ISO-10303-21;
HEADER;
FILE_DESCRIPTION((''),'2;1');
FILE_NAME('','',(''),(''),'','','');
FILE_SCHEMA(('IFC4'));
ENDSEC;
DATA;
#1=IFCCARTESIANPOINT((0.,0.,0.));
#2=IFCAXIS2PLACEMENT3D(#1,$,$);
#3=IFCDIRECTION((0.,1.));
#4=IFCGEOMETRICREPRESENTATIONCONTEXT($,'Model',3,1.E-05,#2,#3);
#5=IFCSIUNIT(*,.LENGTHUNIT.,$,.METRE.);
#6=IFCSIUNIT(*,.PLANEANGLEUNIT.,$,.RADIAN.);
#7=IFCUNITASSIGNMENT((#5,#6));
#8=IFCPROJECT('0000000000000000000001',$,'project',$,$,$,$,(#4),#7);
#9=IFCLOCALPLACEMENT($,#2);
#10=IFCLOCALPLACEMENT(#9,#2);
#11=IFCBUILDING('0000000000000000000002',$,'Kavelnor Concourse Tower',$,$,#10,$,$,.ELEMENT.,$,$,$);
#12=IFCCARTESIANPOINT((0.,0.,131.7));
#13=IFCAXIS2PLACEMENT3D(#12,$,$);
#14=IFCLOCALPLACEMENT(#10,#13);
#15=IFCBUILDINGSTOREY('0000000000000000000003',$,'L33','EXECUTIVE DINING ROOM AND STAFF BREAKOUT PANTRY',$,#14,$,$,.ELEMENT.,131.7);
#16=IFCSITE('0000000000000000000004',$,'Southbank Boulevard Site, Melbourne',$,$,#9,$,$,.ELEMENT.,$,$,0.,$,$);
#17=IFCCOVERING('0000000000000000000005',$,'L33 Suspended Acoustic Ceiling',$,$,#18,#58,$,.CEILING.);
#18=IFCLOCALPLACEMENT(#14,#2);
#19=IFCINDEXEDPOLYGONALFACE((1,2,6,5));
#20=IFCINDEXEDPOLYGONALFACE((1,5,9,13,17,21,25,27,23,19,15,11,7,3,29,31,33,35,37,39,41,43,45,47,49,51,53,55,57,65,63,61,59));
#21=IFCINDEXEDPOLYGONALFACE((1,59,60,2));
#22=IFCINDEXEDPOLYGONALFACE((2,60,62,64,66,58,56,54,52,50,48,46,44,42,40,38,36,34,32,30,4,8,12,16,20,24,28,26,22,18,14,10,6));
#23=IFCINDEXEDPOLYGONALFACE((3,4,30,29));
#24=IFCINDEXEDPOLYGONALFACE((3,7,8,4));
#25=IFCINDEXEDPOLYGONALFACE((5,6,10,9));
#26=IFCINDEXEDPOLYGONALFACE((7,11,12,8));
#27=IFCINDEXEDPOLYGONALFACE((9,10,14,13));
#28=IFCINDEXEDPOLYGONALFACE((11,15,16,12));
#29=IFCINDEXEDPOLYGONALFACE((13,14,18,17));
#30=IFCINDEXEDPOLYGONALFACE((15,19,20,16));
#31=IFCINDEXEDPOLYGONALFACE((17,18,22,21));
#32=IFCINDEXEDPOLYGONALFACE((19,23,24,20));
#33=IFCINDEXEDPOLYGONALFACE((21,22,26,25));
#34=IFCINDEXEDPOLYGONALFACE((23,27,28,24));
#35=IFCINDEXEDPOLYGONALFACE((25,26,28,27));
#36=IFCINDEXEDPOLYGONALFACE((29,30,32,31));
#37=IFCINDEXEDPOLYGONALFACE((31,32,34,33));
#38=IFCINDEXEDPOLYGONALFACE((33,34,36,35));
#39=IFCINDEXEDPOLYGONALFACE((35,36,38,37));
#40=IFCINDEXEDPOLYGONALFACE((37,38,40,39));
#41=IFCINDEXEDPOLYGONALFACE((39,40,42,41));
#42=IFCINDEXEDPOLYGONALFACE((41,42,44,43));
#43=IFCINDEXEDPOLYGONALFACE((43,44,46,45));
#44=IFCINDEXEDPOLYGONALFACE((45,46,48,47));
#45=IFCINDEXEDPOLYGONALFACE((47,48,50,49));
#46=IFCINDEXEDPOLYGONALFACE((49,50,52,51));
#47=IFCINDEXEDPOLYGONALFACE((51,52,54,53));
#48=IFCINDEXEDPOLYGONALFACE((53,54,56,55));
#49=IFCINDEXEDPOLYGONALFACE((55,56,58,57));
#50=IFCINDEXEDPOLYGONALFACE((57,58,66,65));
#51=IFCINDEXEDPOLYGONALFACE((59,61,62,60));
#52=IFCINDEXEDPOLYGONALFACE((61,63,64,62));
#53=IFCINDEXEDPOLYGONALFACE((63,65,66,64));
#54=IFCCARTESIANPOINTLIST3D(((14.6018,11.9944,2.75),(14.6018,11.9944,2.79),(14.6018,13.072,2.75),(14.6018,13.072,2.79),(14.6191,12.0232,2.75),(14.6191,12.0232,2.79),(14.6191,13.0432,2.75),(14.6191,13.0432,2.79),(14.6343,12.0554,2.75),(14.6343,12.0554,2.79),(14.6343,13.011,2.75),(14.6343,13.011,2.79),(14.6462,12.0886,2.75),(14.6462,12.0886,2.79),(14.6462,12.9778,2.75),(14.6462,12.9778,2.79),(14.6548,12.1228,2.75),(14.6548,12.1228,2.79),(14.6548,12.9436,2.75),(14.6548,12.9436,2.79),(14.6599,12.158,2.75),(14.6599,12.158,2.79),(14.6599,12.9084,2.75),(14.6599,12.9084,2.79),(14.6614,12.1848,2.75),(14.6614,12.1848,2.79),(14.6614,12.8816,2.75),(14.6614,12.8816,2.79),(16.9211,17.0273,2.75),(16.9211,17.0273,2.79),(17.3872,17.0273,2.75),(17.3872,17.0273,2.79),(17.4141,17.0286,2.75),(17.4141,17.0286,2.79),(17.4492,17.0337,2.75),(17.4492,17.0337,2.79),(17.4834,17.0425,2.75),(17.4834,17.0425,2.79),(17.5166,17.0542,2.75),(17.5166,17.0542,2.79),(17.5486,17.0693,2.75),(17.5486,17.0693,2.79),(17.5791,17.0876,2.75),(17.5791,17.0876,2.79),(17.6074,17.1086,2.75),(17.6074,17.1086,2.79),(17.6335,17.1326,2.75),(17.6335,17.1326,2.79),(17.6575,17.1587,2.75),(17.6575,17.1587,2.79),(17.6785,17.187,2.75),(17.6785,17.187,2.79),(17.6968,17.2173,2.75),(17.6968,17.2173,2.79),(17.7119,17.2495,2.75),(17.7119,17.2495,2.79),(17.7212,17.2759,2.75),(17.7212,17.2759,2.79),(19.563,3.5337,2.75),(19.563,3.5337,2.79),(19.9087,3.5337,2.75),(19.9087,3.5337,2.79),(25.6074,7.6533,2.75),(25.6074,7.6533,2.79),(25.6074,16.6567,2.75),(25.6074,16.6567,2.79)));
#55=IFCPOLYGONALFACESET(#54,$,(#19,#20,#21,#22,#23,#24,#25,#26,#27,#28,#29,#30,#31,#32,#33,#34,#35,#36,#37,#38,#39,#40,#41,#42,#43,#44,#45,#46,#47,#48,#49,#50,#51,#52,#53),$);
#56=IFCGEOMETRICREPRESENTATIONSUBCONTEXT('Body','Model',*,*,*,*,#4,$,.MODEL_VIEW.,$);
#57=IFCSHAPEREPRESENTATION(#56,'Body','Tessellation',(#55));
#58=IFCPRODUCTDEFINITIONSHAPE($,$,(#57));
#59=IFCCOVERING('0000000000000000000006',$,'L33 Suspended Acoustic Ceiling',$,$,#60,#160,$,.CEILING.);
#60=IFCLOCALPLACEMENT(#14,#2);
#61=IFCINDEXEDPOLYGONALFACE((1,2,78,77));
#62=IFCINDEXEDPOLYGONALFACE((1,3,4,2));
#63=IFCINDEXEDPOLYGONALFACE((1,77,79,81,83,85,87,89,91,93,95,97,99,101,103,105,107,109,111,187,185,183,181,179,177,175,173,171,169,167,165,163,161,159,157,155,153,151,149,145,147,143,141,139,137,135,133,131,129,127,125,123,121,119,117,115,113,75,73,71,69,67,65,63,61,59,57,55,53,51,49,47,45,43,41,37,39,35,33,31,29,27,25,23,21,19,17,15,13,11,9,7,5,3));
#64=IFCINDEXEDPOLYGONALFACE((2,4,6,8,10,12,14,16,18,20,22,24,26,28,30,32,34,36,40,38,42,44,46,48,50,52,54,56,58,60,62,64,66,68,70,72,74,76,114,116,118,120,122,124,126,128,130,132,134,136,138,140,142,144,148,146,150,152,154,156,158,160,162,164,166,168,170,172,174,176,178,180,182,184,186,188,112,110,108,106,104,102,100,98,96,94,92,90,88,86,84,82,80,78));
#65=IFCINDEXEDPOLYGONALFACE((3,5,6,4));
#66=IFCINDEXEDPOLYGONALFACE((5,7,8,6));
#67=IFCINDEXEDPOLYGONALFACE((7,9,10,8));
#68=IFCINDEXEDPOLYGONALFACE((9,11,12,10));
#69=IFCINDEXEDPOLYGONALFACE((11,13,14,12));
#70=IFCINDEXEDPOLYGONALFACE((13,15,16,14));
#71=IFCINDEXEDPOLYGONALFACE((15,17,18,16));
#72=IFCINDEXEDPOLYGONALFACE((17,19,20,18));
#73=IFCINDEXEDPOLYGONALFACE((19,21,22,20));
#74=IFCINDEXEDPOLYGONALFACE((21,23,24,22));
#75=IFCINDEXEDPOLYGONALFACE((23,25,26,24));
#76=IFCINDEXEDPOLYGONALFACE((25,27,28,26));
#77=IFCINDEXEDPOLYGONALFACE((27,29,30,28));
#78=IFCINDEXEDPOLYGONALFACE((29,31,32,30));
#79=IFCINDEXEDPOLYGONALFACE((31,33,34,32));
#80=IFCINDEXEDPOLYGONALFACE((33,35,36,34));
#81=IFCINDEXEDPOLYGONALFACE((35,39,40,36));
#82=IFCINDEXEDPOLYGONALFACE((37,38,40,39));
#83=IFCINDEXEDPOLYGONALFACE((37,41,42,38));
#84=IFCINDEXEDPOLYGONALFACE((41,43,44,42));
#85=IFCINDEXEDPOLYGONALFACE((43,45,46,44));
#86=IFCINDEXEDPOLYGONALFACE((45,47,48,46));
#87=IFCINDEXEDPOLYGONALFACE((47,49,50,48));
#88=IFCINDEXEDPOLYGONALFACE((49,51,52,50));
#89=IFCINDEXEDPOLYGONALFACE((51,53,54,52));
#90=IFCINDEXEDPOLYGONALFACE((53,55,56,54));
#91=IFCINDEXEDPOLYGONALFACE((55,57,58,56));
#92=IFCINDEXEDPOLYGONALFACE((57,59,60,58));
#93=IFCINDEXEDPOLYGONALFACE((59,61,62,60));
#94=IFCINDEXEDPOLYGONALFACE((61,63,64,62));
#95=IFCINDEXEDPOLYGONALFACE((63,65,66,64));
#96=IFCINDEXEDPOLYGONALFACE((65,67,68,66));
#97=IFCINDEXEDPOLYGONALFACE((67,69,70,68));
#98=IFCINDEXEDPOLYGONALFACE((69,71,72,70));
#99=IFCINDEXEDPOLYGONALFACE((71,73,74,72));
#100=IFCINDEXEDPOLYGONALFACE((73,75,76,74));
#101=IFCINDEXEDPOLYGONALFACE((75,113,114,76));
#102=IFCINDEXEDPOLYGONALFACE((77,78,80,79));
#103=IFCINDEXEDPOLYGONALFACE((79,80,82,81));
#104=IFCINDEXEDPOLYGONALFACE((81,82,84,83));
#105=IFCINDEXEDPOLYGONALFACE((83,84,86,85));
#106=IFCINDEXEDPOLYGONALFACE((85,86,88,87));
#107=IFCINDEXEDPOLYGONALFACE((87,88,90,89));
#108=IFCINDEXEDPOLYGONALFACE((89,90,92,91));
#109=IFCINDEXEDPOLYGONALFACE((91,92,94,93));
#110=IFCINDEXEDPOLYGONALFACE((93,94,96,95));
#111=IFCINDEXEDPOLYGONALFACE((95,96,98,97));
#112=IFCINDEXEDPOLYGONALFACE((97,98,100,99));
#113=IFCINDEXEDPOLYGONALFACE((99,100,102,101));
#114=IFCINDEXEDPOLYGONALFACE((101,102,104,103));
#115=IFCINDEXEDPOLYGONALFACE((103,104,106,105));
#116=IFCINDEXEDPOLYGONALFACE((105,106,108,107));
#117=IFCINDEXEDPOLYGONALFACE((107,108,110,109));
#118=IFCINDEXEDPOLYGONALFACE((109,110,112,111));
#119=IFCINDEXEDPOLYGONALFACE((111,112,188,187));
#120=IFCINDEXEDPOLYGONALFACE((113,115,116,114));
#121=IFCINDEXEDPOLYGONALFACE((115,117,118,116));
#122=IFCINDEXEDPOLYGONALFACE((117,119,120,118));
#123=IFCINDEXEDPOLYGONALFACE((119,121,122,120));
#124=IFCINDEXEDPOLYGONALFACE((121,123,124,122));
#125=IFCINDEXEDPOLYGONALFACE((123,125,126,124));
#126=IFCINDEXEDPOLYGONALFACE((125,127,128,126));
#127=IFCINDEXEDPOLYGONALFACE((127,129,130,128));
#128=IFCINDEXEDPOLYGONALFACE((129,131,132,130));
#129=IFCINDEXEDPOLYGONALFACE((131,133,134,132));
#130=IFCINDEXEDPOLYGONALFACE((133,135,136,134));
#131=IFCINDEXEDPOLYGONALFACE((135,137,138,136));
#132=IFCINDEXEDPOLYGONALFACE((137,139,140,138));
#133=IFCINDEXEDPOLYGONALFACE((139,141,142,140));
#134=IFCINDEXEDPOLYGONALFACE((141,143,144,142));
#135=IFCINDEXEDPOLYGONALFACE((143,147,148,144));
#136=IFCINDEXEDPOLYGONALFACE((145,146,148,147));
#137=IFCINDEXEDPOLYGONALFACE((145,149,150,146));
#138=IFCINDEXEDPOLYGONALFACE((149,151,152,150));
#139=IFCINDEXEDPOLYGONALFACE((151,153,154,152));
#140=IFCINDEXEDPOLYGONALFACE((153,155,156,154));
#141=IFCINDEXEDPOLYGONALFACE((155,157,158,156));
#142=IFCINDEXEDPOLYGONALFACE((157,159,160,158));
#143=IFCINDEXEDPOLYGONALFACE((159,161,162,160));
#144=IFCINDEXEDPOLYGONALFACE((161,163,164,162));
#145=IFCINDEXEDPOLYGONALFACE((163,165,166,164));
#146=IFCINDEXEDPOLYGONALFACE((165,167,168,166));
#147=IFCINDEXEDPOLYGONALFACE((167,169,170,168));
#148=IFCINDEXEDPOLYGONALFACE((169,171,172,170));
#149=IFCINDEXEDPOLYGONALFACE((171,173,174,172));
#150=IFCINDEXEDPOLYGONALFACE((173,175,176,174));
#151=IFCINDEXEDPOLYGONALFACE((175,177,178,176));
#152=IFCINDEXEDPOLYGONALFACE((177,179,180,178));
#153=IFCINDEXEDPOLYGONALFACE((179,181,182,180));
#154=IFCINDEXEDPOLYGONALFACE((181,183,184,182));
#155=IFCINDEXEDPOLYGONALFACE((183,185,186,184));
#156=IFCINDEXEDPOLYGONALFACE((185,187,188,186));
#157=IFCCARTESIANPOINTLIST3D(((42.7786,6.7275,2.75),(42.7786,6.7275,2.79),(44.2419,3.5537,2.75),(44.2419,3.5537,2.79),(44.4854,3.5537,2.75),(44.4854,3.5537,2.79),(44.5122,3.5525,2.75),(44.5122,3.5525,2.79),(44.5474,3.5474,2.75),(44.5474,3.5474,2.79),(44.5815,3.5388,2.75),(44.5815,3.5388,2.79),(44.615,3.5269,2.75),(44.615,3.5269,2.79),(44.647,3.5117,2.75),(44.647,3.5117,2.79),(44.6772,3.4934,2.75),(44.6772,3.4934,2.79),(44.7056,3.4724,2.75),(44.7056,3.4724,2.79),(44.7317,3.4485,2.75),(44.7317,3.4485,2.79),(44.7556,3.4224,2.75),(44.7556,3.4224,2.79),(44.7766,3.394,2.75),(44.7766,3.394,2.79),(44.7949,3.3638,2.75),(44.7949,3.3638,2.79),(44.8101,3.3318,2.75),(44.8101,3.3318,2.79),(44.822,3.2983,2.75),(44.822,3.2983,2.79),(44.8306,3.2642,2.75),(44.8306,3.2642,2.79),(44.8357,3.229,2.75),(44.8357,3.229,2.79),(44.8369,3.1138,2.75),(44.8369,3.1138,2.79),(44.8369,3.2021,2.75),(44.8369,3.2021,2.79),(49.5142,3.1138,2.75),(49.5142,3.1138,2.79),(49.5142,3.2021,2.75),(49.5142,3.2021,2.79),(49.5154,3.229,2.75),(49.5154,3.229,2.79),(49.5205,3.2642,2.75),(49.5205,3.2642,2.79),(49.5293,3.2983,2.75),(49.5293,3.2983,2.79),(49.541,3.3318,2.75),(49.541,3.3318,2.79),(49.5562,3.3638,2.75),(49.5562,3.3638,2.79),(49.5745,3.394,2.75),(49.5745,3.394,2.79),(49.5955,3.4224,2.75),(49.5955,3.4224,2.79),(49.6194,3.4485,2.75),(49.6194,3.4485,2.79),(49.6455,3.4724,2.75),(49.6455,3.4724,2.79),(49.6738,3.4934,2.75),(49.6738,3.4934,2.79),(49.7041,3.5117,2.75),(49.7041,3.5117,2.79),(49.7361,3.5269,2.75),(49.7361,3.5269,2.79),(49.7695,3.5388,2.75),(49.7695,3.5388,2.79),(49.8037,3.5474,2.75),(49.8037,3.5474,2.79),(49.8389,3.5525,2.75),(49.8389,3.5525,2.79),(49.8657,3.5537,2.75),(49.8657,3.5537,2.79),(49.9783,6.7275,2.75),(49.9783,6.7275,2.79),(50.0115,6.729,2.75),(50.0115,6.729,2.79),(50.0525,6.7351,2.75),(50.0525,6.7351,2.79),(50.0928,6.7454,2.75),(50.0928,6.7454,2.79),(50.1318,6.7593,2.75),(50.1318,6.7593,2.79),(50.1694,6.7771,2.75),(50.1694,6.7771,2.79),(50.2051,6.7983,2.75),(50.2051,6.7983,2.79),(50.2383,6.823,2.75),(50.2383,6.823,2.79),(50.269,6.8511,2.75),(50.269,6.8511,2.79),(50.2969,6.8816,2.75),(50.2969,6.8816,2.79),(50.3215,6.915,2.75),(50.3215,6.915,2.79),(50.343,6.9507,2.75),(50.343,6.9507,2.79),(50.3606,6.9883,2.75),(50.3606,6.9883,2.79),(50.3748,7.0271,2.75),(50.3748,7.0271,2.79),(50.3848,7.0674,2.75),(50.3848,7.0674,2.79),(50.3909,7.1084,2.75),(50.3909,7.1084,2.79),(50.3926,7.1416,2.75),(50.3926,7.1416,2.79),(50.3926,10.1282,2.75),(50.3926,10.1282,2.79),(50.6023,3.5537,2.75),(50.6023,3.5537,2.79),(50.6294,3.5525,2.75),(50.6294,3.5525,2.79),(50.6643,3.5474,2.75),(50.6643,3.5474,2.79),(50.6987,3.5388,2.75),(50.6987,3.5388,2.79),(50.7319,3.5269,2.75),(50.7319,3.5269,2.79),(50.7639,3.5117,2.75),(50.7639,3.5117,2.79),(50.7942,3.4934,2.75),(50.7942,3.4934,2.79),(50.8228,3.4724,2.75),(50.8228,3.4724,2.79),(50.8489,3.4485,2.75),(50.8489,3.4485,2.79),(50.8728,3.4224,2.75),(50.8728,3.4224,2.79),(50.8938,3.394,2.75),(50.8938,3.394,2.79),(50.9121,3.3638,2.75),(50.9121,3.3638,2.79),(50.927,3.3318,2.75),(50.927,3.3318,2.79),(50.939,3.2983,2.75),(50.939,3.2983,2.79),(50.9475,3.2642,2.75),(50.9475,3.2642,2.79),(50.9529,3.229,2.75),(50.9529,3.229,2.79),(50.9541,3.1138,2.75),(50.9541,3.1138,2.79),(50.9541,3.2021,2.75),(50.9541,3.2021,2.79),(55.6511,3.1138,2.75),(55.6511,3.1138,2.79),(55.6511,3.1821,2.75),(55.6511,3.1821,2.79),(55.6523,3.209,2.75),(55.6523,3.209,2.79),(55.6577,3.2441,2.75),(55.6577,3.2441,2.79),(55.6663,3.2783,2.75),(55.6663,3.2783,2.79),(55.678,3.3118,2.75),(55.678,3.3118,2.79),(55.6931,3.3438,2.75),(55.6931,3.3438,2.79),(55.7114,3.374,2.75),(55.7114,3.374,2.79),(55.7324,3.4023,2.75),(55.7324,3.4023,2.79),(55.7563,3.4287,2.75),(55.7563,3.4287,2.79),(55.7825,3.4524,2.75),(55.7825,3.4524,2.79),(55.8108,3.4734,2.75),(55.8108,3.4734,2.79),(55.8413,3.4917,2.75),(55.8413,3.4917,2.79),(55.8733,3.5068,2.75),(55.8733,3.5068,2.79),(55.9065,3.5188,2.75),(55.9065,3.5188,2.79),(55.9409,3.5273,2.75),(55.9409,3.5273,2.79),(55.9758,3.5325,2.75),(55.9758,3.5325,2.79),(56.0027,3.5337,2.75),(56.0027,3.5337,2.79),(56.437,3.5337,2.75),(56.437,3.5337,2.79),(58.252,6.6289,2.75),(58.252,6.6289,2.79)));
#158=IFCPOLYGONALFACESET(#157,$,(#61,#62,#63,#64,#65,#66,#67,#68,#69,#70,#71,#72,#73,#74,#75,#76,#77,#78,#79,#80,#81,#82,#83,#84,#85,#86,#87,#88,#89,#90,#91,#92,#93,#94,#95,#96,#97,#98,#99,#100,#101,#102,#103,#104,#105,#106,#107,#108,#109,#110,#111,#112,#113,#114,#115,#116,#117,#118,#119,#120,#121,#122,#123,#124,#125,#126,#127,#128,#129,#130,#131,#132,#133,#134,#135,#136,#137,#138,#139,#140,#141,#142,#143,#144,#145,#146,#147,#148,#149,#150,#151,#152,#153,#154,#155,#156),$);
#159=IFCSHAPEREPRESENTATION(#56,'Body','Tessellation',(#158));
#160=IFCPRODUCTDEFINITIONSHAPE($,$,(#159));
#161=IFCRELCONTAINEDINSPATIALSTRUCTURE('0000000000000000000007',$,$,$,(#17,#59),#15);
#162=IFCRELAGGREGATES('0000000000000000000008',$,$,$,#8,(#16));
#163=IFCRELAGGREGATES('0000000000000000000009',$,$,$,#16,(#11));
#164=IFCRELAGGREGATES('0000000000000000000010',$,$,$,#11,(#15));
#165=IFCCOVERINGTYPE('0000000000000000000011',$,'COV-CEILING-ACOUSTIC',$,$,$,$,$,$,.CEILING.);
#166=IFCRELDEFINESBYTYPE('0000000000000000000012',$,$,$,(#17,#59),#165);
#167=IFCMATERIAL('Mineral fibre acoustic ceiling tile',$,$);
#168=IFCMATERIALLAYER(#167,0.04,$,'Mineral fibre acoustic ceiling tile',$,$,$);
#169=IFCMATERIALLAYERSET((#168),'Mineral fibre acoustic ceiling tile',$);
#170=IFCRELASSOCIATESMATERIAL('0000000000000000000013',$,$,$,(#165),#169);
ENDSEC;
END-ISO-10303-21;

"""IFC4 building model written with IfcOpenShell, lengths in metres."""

from ifc_helpers import new_model, si_unit, direction, frame, origin, place, context, subcontext, project, spatial, polyline, outline, extrude, material, layer, layer_set, type_object, element, save


model = new_model("IFC4")

# Units and contexts
model_context = context("Model", 3, precision=1e-05, world=origin(), true_north=direction((0.0, 1.0)))
body_context = subcontext(model_context, "Body", "Model", "MODEL_VIEW")
ifc_project = project(units=[si_unit("LENGTHUNIT", "METRE"), si_unit("PLANEANGLEUNIT", "RADIAN")], contexts=[model_context])

# Site, building, storey
site_placement = place(None, origin())
site = spatial("IfcSite", under=ifc_project, at=site_placement, Name="Southbank Boulevard Site, Melbourne", CompositionType="ELEMENT", RefElevation=0.0)
building_placement = place(site_placement, origin())
building = spatial("IfcBuilding", under=site, at=building_placement, Name="Kavelnor Concourse Tower", CompositionType="ELEMENT")
storey_placement = place(building_placement, frame((0.0, 0.0, 131.7)))
storey = spatial("IfcBuildingStorey", under=building, at=storey_placement, Name="L33", Description="EXECUTIVE DINING ROOM AND STAFF BREAKOUT PANTRY", CompositionType="ELEMENT", Elevation=131.7)

# Coverings
ifc_material_1 = material(Name="Mineral fibre acoustic ceiling tile")
ifc_layer_1 = layer(ifc_material_1, 0.04, Name="Mineral fibre acoustic ceiling tile")
ifc_layer_set_1 = layer_set([ifc_layer_1], Name="Mineral fibre acoustic ceiling tile")
covering_type_1 = type_object("IfcCoveringType", Name="COV-CEILING-ACOUSTIC", PredefinedType="CEILING", material=ifc_layer_set_1)
covering_1_placement = place(storey_placement, frame((0.0, 0.0, 2.75)))
element("IfcCovering", 1, at=covering_1_placement, inside=storey, type_object=covering_type_1, Name="L33 Suspended Acoustic Ceiling", PredefinedType="CEILING", context=body_context, shape_type="SweptSolid", body=[
    extrude(outline(polyline([(14.6191, 12.0232), (14.6343, 12.0554), (14.6462, 12.0886), (14.6548, 12.1228), (14.6599, 12.158), (14.6614, 12.1848), (14.6614, 12.8816), (14.6599, 12.9084), (14.6548, 12.9436), (14.6462, 12.9778), (14.6343, 13.011), (14.6191, 13.0432), (14.6018, 13.072), (16.9211, 17.0273), (17.3872, 17.0273), (17.4141, 17.0286), (17.4492, 17.0337), (17.4834, 17.0425), (17.5166, 17.0542), (17.5486, 17.0693), (17.5791, 17.0876), (17.6074, 17.1086), (17.6335, 17.1326), (17.6575, 17.1587), (17.6785, 17.187), (17.6968, 17.2173), (17.7119, 17.2495), (17.7212, 17.2759), (25.6074, 16.6567), (25.6074, 7.6533), (19.9087, 3.5337), (19.563, 3.5337), (14.6018, 11.9944), (14.6191, 12.0232)])), origin(), (0.0, 0.0, 1.0), 0.04),
])
covering_2_placement = place(storey_placement, frame((0.0, 0.0, 2.75)))
element("IfcCovering", 2, at=covering_2_placement, inside=storey, type_object=covering_type_1, Name="L33 Suspended Acoustic Ceiling", PredefinedType="CEILING", context=body_context, shape_type="SweptSolid", body=[
    extrude(outline(polyline([(49.9783, 6.7275), (50.0115, 6.729), (50.0525, 6.7351), (50.0928, 6.7454), (50.1318, 6.7593), (50.1694, 6.7771), (50.2051, 6.7983), (50.2383, 6.823), (50.269, 6.8511), (50.2969, 6.8816), (50.3215, 6.915), (50.343, 6.9507), (50.3606, 6.9883), (50.3748, 7.0271), (50.3848, 7.0674), (50.3909, 7.1084), (50.3926, 7.1416), (50.3926, 10.1282), (58.252, 6.6289), (56.437, 3.5337), (56.0027, 3.5337), (55.9758, 3.5325), (55.9409, 3.5273), (55.9065, 3.5188), (55.8733, 3.5068), (55.8413, 3.4917), (55.8108, 3.4734), (55.7825, 3.4524), (55.7563, 3.4287), (55.7324, 3.4023), (55.7114, 3.374), (55.6931, 3.3438), (55.678, 3.3118), (55.6663, 3.2783), (55.6577, 3.2441), (55.6523, 3.209), (55.6511, 3.1821), (55.6511, 3.1138), (50.9541, 3.1138), (50.9541, 3.2021), (50.9529, 3.229), (50.9475, 3.2642), (50.939, 3.2983), (50.927, 3.3318), (50.9121, 3.3638), (50.8938, 3.394), (50.8728, 3.4224), (50.8489, 3.4485), (50.8228, 3.4724), (50.7942, 3.4934), (50.7639, 3.5117), (50.7319, 3.5269), (50.6987, 3.5388), (50.6643, 3.5474), (50.6294, 3.5525), (50.6023, 3.5537), (49.8657, 3.5537), (49.8389, 3.5525), (49.8037, 3.5474), (49.7695, 3.5388), (49.7361, 3.5269), (49.7041, 3.5117), (49.6738, 3.4934), (49.6455, 3.4724), (49.6194, 3.4485), (49.5955, 3.4224), (49.5745, 3.394), (49.5562, 3.3638), (49.541, 3.3318), (49.5293, 3.2983), (49.5205, 3.2642), (49.5154, 3.229), (49.5142, 3.2021), (49.5142, 3.1138), (44.8369, 3.1138), (44.8369, 3.2021), (44.8357, 3.229), (44.8306, 3.2642), (44.822, 3.2983), (44.8101, 3.3318), (44.7949, 3.3638), (44.7766, 3.394), (44.7556, 3.4224), (44.7317, 3.4485), (44.7056, 3.4724), (44.6772, 3.4934), (44.647, 3.5117), (44.615, 3.5269), (44.5815, 3.5388), (44.5474, 3.5474), (44.5122, 3.5525), (44.4854, 3.5537), (44.2419, 3.5537), (42.7786, 6.7275), (49.9783, 6.7275)])), origin(), (0.0, 0.0, 1.0), 0.04),
])

save(model, "model.ifc")
